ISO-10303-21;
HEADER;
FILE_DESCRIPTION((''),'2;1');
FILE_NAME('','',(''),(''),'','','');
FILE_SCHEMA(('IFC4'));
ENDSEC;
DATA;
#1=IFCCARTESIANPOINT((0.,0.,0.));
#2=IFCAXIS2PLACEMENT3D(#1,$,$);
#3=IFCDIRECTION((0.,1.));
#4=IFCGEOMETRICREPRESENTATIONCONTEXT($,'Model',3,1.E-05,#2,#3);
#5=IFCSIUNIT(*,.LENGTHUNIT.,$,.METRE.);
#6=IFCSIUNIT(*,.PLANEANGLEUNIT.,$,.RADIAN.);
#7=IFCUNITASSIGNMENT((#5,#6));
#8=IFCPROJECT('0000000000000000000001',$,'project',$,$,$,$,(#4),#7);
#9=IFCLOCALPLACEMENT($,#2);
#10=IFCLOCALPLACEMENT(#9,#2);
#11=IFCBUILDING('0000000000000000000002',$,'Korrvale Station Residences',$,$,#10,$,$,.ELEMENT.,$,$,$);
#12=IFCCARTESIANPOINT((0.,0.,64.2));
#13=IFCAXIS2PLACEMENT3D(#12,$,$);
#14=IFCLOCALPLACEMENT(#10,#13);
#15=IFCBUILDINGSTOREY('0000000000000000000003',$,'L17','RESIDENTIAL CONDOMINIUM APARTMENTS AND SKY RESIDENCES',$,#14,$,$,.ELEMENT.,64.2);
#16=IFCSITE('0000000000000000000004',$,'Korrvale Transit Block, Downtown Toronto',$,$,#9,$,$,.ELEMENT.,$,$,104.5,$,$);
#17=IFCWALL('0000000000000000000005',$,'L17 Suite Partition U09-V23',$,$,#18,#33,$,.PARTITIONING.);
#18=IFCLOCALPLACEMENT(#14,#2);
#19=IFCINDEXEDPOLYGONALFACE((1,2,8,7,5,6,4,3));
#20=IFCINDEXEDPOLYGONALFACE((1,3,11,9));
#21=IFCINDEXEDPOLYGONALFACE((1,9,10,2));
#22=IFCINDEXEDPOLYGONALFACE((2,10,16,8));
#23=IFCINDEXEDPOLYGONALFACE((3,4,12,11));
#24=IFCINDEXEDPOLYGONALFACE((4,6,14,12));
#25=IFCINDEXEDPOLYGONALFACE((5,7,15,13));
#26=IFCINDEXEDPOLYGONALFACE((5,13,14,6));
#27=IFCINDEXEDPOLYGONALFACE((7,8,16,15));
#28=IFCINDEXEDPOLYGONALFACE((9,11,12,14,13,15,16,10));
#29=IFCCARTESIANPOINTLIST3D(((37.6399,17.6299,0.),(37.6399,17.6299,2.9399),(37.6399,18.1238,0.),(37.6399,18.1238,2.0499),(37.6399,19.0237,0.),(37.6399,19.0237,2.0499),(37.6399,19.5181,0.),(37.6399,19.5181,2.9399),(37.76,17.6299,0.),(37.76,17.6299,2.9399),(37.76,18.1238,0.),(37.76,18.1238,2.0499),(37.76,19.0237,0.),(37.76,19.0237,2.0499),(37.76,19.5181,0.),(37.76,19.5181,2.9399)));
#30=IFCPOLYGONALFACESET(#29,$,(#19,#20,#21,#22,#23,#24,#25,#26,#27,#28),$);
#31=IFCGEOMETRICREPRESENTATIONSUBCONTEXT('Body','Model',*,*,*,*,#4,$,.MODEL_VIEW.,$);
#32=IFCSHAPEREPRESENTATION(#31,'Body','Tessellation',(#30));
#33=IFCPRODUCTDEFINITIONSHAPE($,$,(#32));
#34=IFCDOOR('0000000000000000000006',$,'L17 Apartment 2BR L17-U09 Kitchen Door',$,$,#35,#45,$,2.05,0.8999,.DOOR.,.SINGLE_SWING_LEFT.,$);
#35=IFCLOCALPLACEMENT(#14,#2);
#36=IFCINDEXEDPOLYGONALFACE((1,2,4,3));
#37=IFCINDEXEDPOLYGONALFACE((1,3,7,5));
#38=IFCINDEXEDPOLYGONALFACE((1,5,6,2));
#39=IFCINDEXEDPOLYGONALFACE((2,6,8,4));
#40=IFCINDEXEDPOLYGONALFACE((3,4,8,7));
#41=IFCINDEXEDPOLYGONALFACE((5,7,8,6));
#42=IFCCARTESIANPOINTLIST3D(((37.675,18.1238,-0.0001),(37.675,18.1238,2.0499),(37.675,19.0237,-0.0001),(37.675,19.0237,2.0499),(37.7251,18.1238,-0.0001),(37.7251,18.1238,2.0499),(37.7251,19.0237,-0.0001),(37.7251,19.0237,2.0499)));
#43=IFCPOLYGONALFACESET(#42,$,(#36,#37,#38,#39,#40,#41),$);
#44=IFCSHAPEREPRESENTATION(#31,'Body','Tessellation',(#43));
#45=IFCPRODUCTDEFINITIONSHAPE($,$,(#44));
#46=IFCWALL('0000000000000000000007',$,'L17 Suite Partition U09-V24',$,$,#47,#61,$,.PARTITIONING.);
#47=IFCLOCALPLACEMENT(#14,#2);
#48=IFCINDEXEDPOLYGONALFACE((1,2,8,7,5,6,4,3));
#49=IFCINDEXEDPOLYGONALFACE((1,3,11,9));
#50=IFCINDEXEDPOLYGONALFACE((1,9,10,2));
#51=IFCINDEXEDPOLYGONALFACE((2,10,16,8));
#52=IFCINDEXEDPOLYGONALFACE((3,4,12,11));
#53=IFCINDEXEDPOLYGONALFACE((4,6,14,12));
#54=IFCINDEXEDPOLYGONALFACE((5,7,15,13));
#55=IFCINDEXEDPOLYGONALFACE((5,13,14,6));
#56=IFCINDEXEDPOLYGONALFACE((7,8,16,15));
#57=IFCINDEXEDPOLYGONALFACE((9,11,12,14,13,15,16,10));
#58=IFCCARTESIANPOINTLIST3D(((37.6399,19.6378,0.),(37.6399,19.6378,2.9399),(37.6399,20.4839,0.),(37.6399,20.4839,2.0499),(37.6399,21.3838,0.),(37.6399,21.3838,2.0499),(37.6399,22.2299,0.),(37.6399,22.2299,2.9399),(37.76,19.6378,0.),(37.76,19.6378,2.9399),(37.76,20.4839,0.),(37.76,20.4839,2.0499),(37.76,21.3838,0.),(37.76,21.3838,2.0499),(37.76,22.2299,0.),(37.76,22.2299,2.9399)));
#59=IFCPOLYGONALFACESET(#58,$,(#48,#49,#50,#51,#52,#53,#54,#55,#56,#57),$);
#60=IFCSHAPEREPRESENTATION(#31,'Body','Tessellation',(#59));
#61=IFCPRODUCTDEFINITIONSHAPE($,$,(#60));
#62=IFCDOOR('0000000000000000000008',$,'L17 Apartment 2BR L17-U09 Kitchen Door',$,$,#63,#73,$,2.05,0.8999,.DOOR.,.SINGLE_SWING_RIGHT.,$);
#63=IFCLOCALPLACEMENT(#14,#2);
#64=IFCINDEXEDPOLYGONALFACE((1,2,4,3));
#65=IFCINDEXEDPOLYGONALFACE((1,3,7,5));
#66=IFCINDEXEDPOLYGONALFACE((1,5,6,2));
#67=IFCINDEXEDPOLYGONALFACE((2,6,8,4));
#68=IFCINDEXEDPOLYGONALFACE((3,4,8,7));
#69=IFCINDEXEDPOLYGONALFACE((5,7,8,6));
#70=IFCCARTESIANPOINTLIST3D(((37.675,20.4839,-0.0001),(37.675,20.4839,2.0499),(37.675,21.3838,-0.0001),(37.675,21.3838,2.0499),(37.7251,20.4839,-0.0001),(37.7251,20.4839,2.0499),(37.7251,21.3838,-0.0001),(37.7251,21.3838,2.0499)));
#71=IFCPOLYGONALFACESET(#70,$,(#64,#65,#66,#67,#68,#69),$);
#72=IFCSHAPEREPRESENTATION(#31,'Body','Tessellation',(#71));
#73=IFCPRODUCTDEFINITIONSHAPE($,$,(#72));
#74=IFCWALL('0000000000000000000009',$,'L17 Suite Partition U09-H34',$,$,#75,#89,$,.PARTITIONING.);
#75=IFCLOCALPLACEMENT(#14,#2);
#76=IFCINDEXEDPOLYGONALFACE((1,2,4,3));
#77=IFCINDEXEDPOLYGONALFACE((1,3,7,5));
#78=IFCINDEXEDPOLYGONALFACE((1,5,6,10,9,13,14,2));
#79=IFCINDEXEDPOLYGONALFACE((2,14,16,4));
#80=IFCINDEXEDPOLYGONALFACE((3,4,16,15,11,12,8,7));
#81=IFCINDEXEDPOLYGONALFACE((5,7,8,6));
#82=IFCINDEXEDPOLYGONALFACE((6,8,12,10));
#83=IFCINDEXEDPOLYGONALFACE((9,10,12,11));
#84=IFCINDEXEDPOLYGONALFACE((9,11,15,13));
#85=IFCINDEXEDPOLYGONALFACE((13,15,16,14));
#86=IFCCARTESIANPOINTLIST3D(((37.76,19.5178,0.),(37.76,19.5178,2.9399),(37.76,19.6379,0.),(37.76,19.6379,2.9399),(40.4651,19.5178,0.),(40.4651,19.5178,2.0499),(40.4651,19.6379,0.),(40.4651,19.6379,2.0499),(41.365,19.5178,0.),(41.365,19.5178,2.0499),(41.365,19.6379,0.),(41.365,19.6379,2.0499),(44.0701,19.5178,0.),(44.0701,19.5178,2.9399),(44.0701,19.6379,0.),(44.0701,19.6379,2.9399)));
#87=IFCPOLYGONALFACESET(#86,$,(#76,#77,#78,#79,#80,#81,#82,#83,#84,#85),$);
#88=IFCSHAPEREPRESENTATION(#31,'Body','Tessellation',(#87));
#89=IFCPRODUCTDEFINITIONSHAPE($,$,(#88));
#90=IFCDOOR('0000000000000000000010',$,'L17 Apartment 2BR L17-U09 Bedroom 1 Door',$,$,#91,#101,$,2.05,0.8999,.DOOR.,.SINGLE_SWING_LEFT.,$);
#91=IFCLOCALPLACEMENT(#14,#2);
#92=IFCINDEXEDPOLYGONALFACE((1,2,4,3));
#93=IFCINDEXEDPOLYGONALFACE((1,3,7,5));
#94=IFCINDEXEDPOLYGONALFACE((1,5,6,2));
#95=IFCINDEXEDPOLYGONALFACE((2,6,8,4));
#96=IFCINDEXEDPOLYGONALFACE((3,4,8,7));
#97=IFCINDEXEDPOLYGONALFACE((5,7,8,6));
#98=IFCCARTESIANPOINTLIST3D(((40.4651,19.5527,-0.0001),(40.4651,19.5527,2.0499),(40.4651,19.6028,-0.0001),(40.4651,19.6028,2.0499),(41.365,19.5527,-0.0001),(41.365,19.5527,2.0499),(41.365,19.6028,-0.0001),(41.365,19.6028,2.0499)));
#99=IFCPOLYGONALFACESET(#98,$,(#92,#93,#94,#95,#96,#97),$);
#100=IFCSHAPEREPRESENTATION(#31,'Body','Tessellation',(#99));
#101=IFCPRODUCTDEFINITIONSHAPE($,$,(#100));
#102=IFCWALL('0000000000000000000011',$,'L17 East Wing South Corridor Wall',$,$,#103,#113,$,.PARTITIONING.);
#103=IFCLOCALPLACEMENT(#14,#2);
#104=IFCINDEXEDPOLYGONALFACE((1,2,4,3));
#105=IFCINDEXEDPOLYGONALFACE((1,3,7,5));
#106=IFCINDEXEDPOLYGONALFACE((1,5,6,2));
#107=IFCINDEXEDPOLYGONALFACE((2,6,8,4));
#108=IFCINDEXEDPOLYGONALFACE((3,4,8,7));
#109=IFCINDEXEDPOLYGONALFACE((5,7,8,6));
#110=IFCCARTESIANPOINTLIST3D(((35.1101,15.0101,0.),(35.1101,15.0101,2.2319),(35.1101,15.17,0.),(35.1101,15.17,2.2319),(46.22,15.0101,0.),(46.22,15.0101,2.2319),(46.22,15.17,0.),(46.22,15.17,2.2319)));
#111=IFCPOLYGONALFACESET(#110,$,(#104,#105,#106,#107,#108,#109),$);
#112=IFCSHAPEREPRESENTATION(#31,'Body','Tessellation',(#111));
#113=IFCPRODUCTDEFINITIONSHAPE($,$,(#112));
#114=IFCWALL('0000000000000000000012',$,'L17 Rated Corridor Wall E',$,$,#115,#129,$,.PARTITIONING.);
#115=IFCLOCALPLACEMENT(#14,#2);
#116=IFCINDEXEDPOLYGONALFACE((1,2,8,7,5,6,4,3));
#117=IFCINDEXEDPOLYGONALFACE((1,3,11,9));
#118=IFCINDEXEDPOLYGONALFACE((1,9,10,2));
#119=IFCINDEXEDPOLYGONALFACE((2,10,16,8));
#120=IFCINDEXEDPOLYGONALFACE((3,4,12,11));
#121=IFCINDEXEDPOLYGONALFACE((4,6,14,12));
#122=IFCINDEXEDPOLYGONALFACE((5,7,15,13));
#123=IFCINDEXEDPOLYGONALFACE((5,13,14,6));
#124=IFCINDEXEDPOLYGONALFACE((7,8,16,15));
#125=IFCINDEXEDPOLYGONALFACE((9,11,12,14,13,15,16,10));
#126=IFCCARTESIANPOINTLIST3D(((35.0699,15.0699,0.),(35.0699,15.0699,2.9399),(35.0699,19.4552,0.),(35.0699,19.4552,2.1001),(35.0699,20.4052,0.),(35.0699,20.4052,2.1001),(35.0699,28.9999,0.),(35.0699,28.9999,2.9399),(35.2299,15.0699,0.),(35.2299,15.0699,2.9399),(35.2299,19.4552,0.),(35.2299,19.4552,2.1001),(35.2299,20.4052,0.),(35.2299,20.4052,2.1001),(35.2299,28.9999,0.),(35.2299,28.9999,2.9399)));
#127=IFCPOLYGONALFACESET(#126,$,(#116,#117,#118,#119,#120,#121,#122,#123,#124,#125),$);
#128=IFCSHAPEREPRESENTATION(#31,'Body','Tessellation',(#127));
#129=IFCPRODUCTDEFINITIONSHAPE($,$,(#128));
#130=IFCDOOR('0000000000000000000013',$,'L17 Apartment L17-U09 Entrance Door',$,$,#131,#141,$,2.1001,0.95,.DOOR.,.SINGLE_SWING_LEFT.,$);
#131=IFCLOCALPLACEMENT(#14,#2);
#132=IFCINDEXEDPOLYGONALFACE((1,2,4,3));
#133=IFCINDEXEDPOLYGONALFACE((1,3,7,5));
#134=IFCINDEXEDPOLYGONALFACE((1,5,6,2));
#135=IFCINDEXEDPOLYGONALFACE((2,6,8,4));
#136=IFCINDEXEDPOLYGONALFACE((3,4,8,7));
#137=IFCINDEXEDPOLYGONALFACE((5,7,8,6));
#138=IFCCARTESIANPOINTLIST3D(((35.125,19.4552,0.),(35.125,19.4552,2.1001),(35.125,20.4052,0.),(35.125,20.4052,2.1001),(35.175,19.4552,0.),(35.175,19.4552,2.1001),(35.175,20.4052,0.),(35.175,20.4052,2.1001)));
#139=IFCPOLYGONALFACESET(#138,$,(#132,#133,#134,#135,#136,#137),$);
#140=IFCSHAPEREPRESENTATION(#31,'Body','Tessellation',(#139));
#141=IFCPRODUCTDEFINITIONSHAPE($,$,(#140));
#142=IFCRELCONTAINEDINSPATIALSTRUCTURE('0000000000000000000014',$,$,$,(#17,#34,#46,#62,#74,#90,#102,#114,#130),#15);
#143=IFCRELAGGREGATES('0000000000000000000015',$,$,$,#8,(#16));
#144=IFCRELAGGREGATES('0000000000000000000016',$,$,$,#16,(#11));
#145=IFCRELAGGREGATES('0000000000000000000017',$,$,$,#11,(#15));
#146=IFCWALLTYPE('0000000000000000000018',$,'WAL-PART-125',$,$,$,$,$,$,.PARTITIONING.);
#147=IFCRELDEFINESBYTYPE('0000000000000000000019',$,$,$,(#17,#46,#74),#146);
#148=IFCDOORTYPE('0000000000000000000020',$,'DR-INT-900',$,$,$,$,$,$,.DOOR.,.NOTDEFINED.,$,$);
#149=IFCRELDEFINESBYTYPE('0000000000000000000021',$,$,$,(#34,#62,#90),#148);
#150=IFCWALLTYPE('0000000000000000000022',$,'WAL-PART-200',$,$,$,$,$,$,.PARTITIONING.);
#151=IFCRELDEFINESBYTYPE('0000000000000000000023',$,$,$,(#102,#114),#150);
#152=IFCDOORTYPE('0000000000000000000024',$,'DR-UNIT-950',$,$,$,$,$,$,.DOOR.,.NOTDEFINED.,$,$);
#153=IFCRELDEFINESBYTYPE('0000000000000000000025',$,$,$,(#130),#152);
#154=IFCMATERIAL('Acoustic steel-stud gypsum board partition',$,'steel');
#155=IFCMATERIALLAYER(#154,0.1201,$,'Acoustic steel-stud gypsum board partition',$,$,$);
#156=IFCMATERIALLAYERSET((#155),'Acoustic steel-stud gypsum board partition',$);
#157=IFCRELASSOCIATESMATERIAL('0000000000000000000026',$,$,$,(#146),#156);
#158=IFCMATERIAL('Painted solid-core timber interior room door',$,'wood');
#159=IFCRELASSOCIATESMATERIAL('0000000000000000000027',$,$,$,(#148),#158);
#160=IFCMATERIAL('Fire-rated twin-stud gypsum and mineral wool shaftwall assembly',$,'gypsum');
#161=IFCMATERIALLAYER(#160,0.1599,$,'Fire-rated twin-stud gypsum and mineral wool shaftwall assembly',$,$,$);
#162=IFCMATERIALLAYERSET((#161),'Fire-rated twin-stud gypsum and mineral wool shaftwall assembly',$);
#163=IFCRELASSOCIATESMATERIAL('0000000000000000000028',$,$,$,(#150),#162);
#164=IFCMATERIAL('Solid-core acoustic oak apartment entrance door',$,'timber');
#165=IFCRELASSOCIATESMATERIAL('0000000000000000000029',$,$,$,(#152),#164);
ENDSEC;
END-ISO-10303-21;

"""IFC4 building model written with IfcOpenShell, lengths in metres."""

from ifc_helpers import new_model, si_unit, direction, frame, frame_2d, origin, place, context, subcontext, project, spatial, rectangle, extrude, material, layer, layer_set, type_object, element, fill, save


model = new_model("IFC4")

# Units and contexts
model_context = context("Model", 3, precision=1e-05, world=origin(), true_north=direction((0.0, 1.0)))
body_context = subcontext(model_context, "Body", "Model", "MODEL_VIEW")
ifc_project = project(units=[si_unit("LENGTHUNIT", "METRE"), si_unit("PLANEANGLEUNIT", "RADIAN")], contexts=[model_context])

# Site, building, storey
site_placement = place(None, origin())
site = spatial("IfcSite", under=ifc_project, at=site_placement, Name="Korrvale Transit Block, Downtown Toronto", CompositionType="ELEMENT", RefElevation=104.5)
building_placement = place(site_placement, origin())
building = spatial("IfcBuilding", under=site, at=building_placement, Name="Korrvale Station Residences", CompositionType="ELEMENT")
storey_placement = place(building_placement, frame((0.0, 0.0, 64.2)))
storey = spatial("IfcBuildingStorey", under=building, at=storey_placement, Name="L17", Description="RESIDENTIAL CONDOMINIUM APARTMENTS AND SKY RESIDENCES", CompositionType="ELEMENT", Elevation=64.2)

# Shared definitions
ifc_material_1 = material(Name="Acoustic steel-stud gypsum board partition", Category="steel")
ifc_layer_1 = layer(ifc_material_1, 0.1201, Name="Acoustic steel-stud gypsum board partition")
ifc_layer_set_1 = layer_set([ifc_layer_1], Name="Acoustic steel-stud gypsum board partition")
wall_type_1 = type_object("IfcWallType", Name="WAL-PART-125", PredefinedType="PARTITIONING", material=ifc_layer_set_1)
ifc_material_2 = material(Name="Painted solid-core timber interior room door", Category="wood")
door_type_1 = type_object("IfcDoorType", Name="DR-INT-900", OperationType="NOTDEFINED", PredefinedType="DOOR", material=ifc_material_2)

# Walls, openings, doors
wall_1_placement = place(storey_placement, frame((37.7, 17.6299, 0.0), z_axis=(0.0, 0.0, 1.0), x_axis=(0.0, 1.0, 0.0)))
wall_1 = element("IfcWall", 1, at=wall_1_placement, inside=storey, type_object=wall_type_1, Name="L17 Suite Partition U09-V23", PredefinedType="PARTITIONING", context=body_context, shape_type="SweptSolid", body=[
    extrude(rectangle(XDim=1.8882, YDim=0.1201, at=frame_2d((0.9441, 0.0))), origin(), (0.0, 0.0, 1.0), 2.9399),
])
opening_1_placement = place(wall_1_placement, frame((0.4939, 0.0, 0.0)))
opening_1 = element("IfcOpeningElement", 2, at=opening_1_placement, cuts=wall_1, PredefinedType="OPENING", context=body_context, shape_type="SweptSolid", body=[
    extrude(rectangle(XDim=0.8999, YDim=2.05, at=frame_2d((0.45, 1.0249))), frame((0.0, 0.0701, 0.0), z_axis=(0.0, -1.0, 0.0), x_axis=(1.0, 0.0, 0.0)), (0.0, 0.0, 1.0), 0.1401),
])
door_1_placement = place(opening_1_placement, origin())
door_1 = element("IfcDoor", 3, at=door_1_placement, inside=storey, type_object=door_type_1, Name="L17 Apartment 2BR L17-U09 Kitchen Door", OperationType="SINGLE_SWING_LEFT", OverallHeight=2.05, OverallWidth=0.8999, PredefinedType="DOOR", context=body_context, shape_type="SweptSolid", body=[
    extrude(rectangle(XDim=0.8999, YDim=2.05, at=frame_2d((0.45, 1.0249))), frame((0.0, 0.0249, 0.0), z_axis=(0.0, -1.0, 0.0), x_axis=(1.0, 0.0, 0.0)), (0.0, 0.0, 1.0), 0.05),
])
fill(opening_1, door_1)
wall_2_placement = place(storey_placement, frame((37.7, 19.6379, 0.0), z_axis=(0.0, 0.0, 1.0), x_axis=(0.0, 1.0, 0.0)))
wall_2 = element("IfcWall", 4, at=wall_2_placement, inside=storey, type_object=wall_type_1, Name="L17 Suite Partition U09-V24", PredefinedType="PARTITIONING", context=body_context, shape_type="SweptSolid", body=[
    extrude(rectangle(XDim=2.592, YDim=0.1201, at=frame_2d((1.2959, 0.0))), origin(), (0.0, 0.0, 1.0), 2.9399),
])
opening_2_placement = place(wall_2_placement, frame((0.8459, 0.0, 0.0)))
opening_2 = element("IfcOpeningElement", 5, at=opening_2_placement, cuts=wall_2, PredefinedType="OPENING", context=body_context, shape_type="SweptSolid", body=[
    extrude(rectangle(XDim=0.8999, YDim=2.05, at=frame_2d((0.45, 1.0249))), frame((0.0, 0.0701, 0.0), z_axis=(0.0, -1.0, 0.0), x_axis=(1.0, 0.0, 0.0)), (0.0, 0.0, 1.0), 0.1401),
])
door_2_placement = place(opening_2_placement, origin())
door_2 = element("IfcDoor", 6, at=door_2_placement, inside=storey, type_object=door_type_1, Name="L17 Apartment 2BR L17-U09 Kitchen Door", OperationType="SINGLE_SWING_RIGHT", OverallHeight=2.05, OverallWidth=0.8999, PredefinedType="DOOR", context=body_context, shape_type="SweptSolid", body=[
    extrude(rectangle(XDim=0.8999, YDim=2.05, at=frame_2d((0.45, 1.0249))), frame((0.0, 0.0249, 0.0), z_axis=(0.0, -1.0, 0.0), x_axis=(1.0, 0.0, 0.0)), (0.0, 0.0, 1.0), 0.05),
])
fill(opening_2, door_2)
wall_3_placement = place(storey_placement, frame((37.76, 19.5779, 0.0), z_axis=(0.0, 0.0, 1.0), x_axis=(1.0, 0.0, 0.0)))
wall_3 = element("IfcWall", 7, at=wall_3_placement, inside=storey, type_object=wall_type_1, Name="L17 Suite Partition U09-H34", PredefinedType="PARTITIONING", context=body_context, shape_type="SweptSolid", body=[
    extrude(rectangle(XDim=6.3101, YDim=0.1201, at=frame_2d((3.155, 0.0))), origin(), (0.0, 0.0, 1.0), 2.9399),
])
opening_3_placement = place(wall_3_placement, frame((2.7051, 0.0, 0.0)))
opening_3 = element("IfcOpeningElement", 8, at=opening_3_placement, cuts=wall_3, PredefinedType="OPENING", context=body_context, shape_type="SweptSolid", body=[
    extrude(rectangle(XDim=0.8999, YDim=2.05, at=frame_2d((0.45, 1.0249))), frame((0.0, 0.0701, 0.0), z_axis=(0.0, -1.0, 0.0), x_axis=(1.0, 0.0, 0.0)), (0.0, 0.0, 1.0), 0.1401),
])
door_3_placement = place(opening_3_placement, origin())
door_3 = element("IfcDoor", 9, at=door_3_placement, inside=storey, type_object=door_type_1, Name="L17 Apartment 2BR L17-U09 Bedroom 1 Door", OperationType="SINGLE_SWING_LEFT", OverallHeight=2.05, OverallWidth=0.8999, PredefinedType="DOOR", context=body_context, shape_type="SweptSolid", body=[
    extrude(rectangle(XDim=0.8999, YDim=2.05, at=frame_2d((0.45, 1.0249))), frame((0.0, 0.0249, 0.0), z_axis=(0.0, -1.0, 0.0), x_axis=(1.0, 0.0, 0.0)), (0.0, 0.0, 1.0), 0.05),
])
fill(opening_3, door_3)

# Wall
ifc_material_3 = material(Name="Fire-rated twin-stud gypsum and mineral wool shaftwall assembly", Category="gypsum")
ifc_layer_2 = layer(ifc_material_3, 0.1599, Name="Fire-rated twin-stud gypsum and mineral wool shaftwall assembly")
ifc_layer_set_2 = layer_set([ifc_layer_2], Name="Fire-rated twin-stud gypsum and mineral wool shaftwall assembly")
wall_type_2 = type_object("IfcWallType", Name="WAL-PART-200", PredefinedType="PARTITIONING", material=ifc_layer_set_2)
wall_4_placement = place(storey_placement, frame((35.1101, 15.0901, 0.0), z_axis=(0.0, 0.0, 1.0), x_axis=(1.0, 0.0, 0.0)))
element("IfcWall", 10, at=wall_4_placement, inside=storey, type_object=wall_type_2, Name="L17 East Wing South Corridor Wall", PredefinedType="PARTITIONING", context=body_context, shape_type="SweptSolid", body=[
    extrude(rectangle(XDim=11.1099, YDim=0.1599, at=frame_2d((5.5549, 0.0))), origin(), (0.0, 0.0, 1.0), 2.2319),
])

# Wall, opening, door
wall_5_placement = place(storey_placement, frame((35.1499, 15.0701, 0.0), z_axis=(0.0, 0.0, 1.0), x_axis=(0.0, 1.0, 0.0)))
wall_5 = element("IfcWall", 11, at=wall_5_placement, inside=storey, type_object=wall_type_2, Name="L17 Rated Corridor Wall E", PredefinedType="PARTITIONING", context=body_context, shape_type="SweptSolid", body=[
    extrude(rectangle(XDim=13.9299, YDim=0.1599, at=frame_2d((6.9648, 0.0))), origin(), (0.0, 0.0, 1.0), 2.9399),
])
opening_4_placement = place(wall_5_placement, frame((4.385, 0.0, 0.0)))
opening_4 = element("IfcOpeningElement", 12, at=opening_4_placement, cuts=wall_5, PredefinedType="OPENING", context=body_context, shape_type="SweptSolid", body=[
    extrude(rectangle(XDim=0.95, YDim=2.1001, at=frame_2d((0.4751, 1.05))), frame((0.0, 0.0898, 0.0), z_axis=(0.0, -1.0, 0.0), x_axis=(1.0, 0.0, 0.0)), (0.0, 0.0, 1.0), 0.1799),
])
ifc_material_4 = material(Name="Solid-core acoustic oak apartment entrance door", Category="timber")
door_type_2 = type_object("IfcDoorType", Name="DR-UNIT-950", OperationType="NOTDEFINED", PredefinedType="DOOR", material=ifc_material_4)
door_4_placement = place(opening_4_placement, origin())
door_4 = element("IfcDoor", 13, at=door_4_placement, inside=storey, type_object=door_type_2, Name="L17 Apartment L17-U09 Entrance Door", OperationType="SINGLE_SWING_LEFT", OverallHeight=2.1001, OverallWidth=0.95, PredefinedType="DOOR", context=body_context, shape_type="SweptSolid", body=[
    extrude(rectangle(XDim=0.95, YDim=2.1001, at=frame_2d((0.4751, 1.05))), frame((0.0, 0.0249, 0.0), z_axis=(0.0, -1.0, 0.0), x_axis=(1.0, 0.0, 0.0)), (0.0, 0.0, 1.0), 0.05),
])
fill(opening_4, door_4)

save(model, "model.ifc")
